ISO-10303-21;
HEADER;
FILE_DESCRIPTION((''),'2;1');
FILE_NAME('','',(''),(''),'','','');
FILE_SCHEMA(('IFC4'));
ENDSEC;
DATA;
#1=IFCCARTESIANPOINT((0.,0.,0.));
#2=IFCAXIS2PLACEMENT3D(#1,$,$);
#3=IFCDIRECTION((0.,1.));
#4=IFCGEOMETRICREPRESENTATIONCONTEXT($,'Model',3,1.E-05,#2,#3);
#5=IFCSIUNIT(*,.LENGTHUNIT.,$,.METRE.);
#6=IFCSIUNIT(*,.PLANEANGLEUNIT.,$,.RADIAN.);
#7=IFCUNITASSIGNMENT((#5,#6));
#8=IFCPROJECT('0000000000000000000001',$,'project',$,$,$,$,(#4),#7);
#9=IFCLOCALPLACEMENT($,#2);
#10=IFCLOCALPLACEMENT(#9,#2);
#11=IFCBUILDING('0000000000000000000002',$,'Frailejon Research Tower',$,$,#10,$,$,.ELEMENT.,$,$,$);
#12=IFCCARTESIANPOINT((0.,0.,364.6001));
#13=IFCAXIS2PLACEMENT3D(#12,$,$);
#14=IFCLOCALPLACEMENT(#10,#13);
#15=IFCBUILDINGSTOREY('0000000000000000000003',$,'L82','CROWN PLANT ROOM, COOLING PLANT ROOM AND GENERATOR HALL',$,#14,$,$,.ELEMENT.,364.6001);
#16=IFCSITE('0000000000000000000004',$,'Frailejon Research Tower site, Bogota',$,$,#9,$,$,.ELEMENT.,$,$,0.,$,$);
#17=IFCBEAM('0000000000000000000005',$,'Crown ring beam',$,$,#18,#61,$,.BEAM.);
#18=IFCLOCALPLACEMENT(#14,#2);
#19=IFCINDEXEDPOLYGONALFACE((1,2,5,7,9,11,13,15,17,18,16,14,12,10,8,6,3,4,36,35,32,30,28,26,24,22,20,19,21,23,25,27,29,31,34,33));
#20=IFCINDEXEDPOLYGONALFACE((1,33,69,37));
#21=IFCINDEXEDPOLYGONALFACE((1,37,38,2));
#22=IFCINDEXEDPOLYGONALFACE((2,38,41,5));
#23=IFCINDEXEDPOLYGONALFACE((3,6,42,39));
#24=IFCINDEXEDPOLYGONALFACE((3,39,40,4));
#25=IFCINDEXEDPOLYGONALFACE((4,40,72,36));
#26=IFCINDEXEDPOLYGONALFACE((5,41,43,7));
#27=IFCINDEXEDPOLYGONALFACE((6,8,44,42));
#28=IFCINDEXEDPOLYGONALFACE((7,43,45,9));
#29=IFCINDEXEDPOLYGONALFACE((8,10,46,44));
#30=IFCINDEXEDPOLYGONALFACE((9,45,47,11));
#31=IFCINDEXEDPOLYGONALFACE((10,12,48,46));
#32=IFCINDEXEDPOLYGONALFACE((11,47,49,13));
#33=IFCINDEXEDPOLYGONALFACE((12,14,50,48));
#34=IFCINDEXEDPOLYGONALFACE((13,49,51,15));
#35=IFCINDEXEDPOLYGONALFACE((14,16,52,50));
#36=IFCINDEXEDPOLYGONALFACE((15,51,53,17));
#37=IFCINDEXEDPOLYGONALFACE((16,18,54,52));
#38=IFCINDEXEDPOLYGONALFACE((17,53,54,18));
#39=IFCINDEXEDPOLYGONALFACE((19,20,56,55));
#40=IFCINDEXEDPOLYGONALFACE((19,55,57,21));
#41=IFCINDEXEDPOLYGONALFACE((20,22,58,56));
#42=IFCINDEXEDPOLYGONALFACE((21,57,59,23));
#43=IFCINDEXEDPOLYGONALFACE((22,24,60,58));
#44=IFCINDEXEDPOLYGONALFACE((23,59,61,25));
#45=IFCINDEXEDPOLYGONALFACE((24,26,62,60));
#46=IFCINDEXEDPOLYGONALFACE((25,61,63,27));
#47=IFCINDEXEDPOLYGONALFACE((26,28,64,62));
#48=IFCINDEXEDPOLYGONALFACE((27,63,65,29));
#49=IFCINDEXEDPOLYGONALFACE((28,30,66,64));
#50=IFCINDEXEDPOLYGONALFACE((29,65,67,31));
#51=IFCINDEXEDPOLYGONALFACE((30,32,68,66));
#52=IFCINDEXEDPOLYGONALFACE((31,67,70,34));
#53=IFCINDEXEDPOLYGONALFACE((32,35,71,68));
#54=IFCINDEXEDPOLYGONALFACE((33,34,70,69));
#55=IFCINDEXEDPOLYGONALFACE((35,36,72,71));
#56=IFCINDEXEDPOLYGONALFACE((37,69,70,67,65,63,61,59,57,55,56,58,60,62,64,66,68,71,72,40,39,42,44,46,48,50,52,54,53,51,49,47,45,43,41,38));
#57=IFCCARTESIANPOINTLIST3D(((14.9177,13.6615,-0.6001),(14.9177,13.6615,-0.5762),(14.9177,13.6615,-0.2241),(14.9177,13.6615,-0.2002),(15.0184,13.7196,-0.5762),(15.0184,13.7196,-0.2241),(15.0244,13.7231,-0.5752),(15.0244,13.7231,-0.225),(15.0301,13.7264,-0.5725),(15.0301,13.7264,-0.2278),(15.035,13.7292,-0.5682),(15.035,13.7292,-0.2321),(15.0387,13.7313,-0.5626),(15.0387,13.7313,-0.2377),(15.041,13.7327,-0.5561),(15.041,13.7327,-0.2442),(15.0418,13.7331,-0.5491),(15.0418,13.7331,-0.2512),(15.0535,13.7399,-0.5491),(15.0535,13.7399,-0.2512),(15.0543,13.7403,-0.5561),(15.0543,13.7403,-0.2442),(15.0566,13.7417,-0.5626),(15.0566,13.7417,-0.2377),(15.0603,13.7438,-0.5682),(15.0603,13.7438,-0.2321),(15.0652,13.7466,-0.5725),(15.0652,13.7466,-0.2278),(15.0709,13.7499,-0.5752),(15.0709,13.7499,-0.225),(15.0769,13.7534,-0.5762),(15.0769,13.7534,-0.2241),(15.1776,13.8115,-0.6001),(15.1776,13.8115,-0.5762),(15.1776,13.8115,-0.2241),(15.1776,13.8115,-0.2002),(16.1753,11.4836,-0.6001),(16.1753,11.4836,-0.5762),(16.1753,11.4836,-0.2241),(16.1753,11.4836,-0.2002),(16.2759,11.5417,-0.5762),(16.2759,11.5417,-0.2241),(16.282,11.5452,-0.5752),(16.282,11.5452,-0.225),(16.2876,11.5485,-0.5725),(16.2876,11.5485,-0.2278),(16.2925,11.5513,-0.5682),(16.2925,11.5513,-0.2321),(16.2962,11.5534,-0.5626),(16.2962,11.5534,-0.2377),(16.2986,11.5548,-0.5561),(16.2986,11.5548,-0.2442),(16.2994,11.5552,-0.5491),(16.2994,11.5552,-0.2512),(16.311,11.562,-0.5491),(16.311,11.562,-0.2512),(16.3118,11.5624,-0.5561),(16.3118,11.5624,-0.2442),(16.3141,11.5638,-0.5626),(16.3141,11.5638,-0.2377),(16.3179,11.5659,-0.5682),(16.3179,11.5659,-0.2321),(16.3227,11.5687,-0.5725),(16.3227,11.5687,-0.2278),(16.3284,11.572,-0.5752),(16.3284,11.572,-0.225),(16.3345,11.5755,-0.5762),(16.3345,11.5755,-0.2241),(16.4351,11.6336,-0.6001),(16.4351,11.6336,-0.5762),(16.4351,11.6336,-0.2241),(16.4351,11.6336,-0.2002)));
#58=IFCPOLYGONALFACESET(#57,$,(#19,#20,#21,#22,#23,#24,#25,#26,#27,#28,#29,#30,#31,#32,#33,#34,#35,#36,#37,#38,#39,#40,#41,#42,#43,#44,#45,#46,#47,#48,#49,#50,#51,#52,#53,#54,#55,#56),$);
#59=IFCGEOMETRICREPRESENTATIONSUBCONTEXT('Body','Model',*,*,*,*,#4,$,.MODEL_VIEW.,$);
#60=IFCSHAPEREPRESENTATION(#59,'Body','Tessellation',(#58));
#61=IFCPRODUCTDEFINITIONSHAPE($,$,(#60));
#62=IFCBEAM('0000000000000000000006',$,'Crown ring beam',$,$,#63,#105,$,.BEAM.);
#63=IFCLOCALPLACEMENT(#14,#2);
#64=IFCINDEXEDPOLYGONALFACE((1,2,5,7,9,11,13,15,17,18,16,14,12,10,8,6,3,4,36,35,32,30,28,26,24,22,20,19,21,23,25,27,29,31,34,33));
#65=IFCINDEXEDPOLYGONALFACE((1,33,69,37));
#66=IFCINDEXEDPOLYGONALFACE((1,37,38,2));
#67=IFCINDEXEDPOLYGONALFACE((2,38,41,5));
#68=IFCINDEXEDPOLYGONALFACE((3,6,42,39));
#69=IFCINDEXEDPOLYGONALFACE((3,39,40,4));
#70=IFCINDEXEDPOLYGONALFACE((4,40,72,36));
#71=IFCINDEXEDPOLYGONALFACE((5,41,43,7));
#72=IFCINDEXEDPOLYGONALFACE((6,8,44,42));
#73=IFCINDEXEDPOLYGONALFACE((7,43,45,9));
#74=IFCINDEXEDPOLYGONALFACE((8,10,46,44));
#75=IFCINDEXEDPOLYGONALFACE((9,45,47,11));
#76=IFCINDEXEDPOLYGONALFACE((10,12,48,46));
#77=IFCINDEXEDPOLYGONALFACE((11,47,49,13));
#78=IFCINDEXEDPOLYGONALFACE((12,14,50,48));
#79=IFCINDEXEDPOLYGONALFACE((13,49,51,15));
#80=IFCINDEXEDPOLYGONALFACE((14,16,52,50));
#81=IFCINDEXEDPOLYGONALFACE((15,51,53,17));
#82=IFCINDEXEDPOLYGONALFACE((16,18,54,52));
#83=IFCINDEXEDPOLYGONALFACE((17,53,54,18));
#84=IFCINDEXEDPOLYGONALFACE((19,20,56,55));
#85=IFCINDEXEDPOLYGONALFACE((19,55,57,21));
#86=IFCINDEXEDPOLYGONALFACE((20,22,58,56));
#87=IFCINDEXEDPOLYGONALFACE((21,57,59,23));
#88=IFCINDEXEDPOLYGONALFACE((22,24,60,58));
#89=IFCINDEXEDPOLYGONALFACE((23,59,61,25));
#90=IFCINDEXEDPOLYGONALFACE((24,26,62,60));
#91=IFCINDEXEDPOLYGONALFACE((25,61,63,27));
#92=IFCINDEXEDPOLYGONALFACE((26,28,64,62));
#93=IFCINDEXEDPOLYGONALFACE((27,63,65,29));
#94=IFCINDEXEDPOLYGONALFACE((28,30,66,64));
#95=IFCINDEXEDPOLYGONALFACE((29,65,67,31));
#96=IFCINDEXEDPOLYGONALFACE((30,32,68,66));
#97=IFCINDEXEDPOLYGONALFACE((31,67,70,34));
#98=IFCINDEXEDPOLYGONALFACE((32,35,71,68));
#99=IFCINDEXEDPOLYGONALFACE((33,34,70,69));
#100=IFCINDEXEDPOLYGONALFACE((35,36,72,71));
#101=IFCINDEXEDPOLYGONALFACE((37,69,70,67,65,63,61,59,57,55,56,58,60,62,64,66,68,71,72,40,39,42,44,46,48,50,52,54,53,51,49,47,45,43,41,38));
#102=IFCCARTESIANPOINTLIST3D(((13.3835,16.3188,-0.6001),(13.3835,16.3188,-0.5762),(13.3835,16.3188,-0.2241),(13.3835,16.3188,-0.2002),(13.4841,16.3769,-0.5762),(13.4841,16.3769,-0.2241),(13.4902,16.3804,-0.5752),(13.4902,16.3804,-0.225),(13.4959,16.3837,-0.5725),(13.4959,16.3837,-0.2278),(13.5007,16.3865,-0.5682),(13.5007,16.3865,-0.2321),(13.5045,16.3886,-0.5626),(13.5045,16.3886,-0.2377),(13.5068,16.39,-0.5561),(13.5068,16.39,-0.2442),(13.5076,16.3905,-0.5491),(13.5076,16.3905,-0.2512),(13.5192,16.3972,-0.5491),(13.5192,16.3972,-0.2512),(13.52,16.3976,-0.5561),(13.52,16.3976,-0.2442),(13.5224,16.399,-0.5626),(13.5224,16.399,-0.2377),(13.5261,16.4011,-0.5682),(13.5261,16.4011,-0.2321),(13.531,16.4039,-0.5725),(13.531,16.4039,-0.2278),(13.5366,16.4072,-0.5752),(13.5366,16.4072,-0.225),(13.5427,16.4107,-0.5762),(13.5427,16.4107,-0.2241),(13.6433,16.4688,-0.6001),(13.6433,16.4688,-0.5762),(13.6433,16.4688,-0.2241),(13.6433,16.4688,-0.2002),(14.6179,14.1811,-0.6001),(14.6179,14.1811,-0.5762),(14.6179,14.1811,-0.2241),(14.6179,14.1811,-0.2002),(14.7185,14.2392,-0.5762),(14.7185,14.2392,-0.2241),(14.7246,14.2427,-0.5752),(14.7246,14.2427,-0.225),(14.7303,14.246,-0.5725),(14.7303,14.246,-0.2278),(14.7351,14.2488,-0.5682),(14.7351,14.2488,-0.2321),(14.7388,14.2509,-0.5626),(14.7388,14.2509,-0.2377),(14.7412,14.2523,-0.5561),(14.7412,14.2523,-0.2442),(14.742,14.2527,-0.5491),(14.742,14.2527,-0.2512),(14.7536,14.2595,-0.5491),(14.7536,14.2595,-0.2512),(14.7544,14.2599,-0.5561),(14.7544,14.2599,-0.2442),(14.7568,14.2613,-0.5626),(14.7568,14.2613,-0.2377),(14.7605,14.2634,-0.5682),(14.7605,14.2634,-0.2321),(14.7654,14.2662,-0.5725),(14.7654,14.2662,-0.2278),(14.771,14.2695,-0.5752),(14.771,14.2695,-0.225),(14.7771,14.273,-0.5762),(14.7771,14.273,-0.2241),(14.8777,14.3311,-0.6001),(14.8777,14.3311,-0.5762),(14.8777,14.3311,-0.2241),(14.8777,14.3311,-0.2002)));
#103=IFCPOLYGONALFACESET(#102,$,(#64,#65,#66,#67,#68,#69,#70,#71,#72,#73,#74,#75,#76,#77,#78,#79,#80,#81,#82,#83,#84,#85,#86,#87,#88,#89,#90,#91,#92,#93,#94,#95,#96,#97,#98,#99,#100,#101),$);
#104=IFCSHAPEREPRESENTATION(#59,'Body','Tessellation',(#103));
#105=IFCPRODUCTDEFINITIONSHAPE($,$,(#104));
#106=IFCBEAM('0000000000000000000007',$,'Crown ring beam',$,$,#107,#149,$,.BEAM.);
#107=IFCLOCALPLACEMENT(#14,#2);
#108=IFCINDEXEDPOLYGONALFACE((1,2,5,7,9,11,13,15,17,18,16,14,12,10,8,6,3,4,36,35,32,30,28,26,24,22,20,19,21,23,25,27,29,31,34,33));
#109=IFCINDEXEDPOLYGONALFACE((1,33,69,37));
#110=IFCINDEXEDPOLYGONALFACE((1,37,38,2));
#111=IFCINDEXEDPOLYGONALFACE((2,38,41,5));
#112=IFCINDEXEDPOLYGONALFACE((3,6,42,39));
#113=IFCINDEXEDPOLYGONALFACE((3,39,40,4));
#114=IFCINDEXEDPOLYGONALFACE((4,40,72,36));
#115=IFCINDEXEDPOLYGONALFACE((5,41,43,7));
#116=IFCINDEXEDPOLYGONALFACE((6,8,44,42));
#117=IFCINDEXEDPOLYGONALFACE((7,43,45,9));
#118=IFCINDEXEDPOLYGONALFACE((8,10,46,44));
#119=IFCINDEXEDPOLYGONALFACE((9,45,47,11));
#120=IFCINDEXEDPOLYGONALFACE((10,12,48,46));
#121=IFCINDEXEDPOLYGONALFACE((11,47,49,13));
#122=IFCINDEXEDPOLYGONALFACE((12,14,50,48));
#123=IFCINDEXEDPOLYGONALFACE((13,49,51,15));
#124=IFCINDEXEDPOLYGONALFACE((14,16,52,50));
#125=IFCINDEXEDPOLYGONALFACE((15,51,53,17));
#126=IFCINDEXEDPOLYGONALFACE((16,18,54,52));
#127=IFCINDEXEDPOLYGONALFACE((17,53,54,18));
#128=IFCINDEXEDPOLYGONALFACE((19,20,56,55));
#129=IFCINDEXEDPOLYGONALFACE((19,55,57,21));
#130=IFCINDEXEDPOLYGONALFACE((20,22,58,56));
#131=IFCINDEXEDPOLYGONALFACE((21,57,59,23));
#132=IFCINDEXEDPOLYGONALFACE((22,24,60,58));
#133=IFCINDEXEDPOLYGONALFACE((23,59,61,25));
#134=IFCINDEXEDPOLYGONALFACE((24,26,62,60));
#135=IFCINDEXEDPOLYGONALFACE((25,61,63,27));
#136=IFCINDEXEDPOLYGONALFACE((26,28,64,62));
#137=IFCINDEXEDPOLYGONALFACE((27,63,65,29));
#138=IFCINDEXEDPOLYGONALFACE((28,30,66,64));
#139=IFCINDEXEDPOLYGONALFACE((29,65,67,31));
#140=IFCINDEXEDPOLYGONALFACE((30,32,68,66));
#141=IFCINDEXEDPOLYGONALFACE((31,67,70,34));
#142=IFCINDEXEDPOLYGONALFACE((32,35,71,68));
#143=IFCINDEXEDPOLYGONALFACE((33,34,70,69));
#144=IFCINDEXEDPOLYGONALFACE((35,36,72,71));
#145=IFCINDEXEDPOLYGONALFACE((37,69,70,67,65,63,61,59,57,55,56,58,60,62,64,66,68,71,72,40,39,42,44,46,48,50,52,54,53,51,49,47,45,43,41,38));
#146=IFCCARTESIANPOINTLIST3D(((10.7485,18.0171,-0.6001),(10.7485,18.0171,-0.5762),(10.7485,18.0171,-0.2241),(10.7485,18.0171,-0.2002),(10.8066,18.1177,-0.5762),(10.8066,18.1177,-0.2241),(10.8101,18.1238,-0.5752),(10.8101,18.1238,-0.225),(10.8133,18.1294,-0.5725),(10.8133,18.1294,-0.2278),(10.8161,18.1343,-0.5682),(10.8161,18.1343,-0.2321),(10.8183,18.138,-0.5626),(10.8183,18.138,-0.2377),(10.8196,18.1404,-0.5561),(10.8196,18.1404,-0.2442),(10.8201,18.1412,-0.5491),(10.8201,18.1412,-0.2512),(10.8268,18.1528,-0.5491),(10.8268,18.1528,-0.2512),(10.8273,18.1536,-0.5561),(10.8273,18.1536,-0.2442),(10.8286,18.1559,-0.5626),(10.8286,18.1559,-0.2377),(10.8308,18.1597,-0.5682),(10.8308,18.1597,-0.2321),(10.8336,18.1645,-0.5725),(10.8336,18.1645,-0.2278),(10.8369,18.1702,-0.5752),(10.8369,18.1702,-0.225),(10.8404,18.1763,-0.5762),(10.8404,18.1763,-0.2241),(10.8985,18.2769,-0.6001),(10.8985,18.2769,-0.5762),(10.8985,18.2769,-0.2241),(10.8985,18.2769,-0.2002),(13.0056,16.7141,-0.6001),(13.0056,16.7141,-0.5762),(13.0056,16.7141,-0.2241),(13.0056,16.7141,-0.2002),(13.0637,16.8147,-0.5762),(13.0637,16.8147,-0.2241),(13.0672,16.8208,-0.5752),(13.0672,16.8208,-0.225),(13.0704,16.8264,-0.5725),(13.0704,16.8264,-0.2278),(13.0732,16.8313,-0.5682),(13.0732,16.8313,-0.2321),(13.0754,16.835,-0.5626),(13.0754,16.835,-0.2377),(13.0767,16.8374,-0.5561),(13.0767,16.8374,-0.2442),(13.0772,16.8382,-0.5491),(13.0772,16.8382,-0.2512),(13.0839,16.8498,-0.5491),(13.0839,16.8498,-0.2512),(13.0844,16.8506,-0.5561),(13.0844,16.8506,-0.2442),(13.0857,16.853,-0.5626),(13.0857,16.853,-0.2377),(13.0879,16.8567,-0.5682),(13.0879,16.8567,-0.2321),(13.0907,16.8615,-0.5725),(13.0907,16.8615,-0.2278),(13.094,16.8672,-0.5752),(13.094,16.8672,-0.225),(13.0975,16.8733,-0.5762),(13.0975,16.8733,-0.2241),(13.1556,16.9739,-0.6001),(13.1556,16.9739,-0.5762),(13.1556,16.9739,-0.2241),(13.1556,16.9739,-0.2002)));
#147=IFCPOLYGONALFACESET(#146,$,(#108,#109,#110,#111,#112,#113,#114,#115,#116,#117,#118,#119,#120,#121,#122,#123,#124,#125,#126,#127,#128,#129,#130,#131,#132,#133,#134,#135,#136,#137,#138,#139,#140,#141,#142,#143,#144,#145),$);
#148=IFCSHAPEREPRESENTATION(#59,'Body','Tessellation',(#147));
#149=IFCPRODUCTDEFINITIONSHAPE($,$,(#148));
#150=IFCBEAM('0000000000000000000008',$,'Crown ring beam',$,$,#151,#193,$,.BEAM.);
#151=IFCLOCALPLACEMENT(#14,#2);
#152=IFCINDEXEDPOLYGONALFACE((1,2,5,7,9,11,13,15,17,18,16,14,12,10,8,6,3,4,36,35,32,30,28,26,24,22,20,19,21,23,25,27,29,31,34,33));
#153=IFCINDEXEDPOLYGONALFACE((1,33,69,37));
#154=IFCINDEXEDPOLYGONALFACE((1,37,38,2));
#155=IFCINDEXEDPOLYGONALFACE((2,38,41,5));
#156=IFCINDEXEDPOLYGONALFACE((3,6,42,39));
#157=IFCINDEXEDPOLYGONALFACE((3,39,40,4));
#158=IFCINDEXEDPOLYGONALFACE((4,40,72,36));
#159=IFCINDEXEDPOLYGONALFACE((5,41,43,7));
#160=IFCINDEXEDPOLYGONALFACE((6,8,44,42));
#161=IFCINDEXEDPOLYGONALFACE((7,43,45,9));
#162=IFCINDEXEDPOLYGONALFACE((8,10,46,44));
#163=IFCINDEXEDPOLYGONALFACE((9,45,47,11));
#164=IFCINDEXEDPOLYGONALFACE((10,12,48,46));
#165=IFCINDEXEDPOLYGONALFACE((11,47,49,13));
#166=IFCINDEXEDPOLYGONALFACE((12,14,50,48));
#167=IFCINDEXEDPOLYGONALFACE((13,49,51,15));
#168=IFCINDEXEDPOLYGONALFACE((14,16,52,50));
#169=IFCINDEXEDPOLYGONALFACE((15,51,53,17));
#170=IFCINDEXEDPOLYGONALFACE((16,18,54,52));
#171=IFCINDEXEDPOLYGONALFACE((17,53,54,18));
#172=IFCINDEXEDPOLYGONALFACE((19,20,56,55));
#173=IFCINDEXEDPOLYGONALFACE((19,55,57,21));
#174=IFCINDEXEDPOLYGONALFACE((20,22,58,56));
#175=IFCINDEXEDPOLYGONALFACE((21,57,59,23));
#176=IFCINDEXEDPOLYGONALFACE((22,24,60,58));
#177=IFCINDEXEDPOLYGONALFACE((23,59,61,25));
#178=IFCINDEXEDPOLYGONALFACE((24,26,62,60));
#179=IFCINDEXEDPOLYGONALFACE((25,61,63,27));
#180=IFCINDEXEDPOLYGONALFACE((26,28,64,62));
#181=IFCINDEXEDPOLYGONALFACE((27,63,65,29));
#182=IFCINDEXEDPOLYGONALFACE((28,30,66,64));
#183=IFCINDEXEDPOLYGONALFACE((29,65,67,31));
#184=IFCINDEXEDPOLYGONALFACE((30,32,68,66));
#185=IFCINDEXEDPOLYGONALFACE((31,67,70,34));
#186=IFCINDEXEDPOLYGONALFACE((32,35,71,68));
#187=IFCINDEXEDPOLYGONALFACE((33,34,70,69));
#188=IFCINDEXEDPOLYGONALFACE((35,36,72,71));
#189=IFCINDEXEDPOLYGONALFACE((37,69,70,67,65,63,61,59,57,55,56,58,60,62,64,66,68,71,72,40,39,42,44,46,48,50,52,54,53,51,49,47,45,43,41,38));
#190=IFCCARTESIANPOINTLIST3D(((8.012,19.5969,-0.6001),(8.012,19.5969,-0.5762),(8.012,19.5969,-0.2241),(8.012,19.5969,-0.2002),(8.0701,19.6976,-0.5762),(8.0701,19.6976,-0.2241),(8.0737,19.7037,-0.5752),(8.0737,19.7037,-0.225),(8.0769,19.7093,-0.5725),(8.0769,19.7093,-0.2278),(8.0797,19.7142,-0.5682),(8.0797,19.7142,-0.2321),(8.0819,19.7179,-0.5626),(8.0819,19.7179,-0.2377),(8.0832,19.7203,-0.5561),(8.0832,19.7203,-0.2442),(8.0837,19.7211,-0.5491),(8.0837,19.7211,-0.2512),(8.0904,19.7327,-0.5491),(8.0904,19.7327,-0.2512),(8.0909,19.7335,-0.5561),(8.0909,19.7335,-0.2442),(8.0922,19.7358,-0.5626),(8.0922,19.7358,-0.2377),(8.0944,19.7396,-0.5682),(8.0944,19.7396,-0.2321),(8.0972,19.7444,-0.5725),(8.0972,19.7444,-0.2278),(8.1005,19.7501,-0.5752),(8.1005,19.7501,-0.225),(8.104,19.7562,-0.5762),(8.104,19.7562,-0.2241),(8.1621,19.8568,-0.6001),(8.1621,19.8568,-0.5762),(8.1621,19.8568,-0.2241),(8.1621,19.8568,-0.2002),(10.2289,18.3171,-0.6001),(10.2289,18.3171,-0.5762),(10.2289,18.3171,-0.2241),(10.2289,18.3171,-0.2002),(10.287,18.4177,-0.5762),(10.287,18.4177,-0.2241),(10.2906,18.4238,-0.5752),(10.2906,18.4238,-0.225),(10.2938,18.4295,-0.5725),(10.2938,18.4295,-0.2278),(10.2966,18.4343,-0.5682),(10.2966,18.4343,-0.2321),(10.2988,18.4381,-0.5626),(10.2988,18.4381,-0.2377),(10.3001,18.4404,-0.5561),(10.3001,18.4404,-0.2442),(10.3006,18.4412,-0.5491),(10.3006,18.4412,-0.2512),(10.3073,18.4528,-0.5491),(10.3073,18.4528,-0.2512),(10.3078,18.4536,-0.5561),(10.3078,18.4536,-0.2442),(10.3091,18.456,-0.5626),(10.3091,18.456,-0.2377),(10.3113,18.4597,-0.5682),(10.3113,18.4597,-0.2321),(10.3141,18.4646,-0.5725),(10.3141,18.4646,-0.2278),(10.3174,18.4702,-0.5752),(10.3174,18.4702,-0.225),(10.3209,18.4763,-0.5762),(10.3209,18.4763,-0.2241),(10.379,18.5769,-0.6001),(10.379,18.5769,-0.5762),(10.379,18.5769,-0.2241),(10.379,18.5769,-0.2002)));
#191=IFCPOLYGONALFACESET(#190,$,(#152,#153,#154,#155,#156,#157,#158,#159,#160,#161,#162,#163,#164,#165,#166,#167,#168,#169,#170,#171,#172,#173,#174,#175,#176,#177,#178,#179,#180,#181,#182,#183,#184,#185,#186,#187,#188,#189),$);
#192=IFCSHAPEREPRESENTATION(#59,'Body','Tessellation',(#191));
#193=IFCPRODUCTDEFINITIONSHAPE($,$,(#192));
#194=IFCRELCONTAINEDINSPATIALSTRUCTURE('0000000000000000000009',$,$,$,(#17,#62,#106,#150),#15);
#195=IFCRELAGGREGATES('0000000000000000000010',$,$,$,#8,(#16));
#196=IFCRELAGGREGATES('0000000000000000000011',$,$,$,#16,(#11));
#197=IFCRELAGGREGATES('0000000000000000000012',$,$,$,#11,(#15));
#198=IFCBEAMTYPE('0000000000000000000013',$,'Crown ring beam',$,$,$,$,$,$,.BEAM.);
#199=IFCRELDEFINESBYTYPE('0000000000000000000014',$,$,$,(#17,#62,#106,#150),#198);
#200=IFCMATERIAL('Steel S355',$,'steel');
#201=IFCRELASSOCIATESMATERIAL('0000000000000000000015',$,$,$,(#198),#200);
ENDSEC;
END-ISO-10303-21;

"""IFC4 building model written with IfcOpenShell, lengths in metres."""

from ifc_helpers import new_model, si_unit, direction, frame, origin, origin_2d, place, context, subcontext, project, spatial, i_section, extrude, material, material_profile, profile_set, type_object, element, save


model = new_model("IFC4")

# Units and contexts
model_context = context("Model", 3, precision=1e-05, world=origin(), true_north=direction((0.0, 1.0)))
body_context = subcontext(model_context, "Body", "Model", "MODEL_VIEW")
ifc_project = project(units=[si_unit("LENGTHUNIT", "METRE"), si_unit("PLANEANGLEUNIT", "RADIAN")], contexts=[model_context])

# Site, building, storey
site_placement = place(None, origin())
site = spatial("IfcSite", under=ifc_project, at=site_placement, Name="Frailejon Research Tower site, Bogota", CompositionType="ELEMENT", RefElevation=0.0)
building_placement = place(site_placement, origin())
building = spatial("IfcBuilding", under=site, at=building_placement, Name="Frailejon Research Tower", CompositionType="ELEMENT")
storey_placement = place(building_placement, frame((0.0, 0.0, 364.6001)))
storey = spatial("IfcBuildingStorey", under=building, at=storey_placement, Name="L82", Description="CROWN PLANT ROOM, COOLING PLANT ROOM AND GENERATOR HALL", CompositionType="ELEMENT", Elevation=364.6001)

# Beams
ifc_material_1 = material(Name="Steel S355", Category="steel")
ifc_material_profile_1 = material_profile(ifc_material_1, i_section(OverallWidth=0.3, OverallDepth=0.3999, WebThickness=0.0134, FlangeThickness=0.0239, FilletRadius=0.0271, at=origin_2d()), Name="HE 400 B")
ifc_profile_set_1 = profile_set([ifc_material_profile_1], Name="Steel S355")
beam_type_1 = type_object("IfcBeamType", Name="Crown ring beam", PredefinedType="BEAM", material=ifc_profile_set_1)
for number, where, z_axis, x_axis, name in (
    (1, (16.3052, 11.5586, -0.4001), (-0.500033, 0.866006, 0.0), (-0.866006, -0.500033, 0.0), "Crown ring beam"),
):
    element("IfcBeam", number, at=place(storey_placement, frame(where, z_axis=z_axis, x_axis=x_axis)), inside=storey, type_object=beam_type_1, Name=name, PredefinedType="BEAM", context=body_context, shape_type="SweptSolid", body=[
        extrude(i_section(OverallWidth=0.3, OverallDepth=0.3999, WebThickness=0.0134, FlangeThickness=0.0239, FilletRadius=0.0271, at=origin_2d()), origin(), (0.0, 0.0, 1.0), 2.5149),
    ])
beam_1_placement = place(storey_placement, frame((14.7478, 14.2561, -0.4001), z_axis=(-0.500053, 0.865995, 0.0), x_axis=(-0.865995, -0.500053, 0.0)))
element("IfcBeam", 2, at=beam_1_placement, inside=storey, type_object=beam_type_1, Name="Crown ring beam", PredefinedType="BEAM", context=body_context, shape_type="SweptSolid", body=[
    extrude(i_section(OverallWidth=0.3, OverallDepth=0.3999, WebThickness=0.0134, FlangeThickness=0.0239, FilletRadius=0.0271, at=origin_2d()), origin(), (0.0, 0.0, 1.0), 2.4685),
])
beam_2_placement = place(storey_placement, frame((13.0806, 16.844, -0.4001), z_axis=(-0.86605, 0.499958, 0.0), x_axis=(-0.499958, -0.86605, 0.0)))
element("IfcBeam", 3, at=beam_2_placement, inside=storey, type_object=beam_type_1, Name="Crown ring beam", PredefinedType="BEAM", context=body_context, shape_type="SweptSolid", body=[
    extrude(i_section(OverallWidth=0.3, OverallDepth=0.3999, WebThickness=0.0134, FlangeThickness=0.0239, FilletRadius=0.0271, at=origin_2d()), origin(), (0.0, 0.0, 1.0), 2.6062),
])
beam_3_placement = place(storey_placement, frame((10.304, 18.447, -0.4001), z_axis=(-0.866039, 0.499976, 0.0), x_axis=(-0.499976, -0.866039, 0.0)))
element("IfcBeam", 4, at=beam_3_placement, inside=storey, type_object=beam_type_1, Name="Crown ring beam", PredefinedType="BEAM", context=body_context, shape_type="SweptSolid", body=[
    extrude(i_section(OverallWidth=0.3, OverallDepth=0.3999, WebThickness=0.0134, FlangeThickness=0.0239, FilletRadius=0.0271, at=origin_2d()), origin(), (0.0, 0.0, 1.0), 2.5598),
])

save(model, "model.ifc")
